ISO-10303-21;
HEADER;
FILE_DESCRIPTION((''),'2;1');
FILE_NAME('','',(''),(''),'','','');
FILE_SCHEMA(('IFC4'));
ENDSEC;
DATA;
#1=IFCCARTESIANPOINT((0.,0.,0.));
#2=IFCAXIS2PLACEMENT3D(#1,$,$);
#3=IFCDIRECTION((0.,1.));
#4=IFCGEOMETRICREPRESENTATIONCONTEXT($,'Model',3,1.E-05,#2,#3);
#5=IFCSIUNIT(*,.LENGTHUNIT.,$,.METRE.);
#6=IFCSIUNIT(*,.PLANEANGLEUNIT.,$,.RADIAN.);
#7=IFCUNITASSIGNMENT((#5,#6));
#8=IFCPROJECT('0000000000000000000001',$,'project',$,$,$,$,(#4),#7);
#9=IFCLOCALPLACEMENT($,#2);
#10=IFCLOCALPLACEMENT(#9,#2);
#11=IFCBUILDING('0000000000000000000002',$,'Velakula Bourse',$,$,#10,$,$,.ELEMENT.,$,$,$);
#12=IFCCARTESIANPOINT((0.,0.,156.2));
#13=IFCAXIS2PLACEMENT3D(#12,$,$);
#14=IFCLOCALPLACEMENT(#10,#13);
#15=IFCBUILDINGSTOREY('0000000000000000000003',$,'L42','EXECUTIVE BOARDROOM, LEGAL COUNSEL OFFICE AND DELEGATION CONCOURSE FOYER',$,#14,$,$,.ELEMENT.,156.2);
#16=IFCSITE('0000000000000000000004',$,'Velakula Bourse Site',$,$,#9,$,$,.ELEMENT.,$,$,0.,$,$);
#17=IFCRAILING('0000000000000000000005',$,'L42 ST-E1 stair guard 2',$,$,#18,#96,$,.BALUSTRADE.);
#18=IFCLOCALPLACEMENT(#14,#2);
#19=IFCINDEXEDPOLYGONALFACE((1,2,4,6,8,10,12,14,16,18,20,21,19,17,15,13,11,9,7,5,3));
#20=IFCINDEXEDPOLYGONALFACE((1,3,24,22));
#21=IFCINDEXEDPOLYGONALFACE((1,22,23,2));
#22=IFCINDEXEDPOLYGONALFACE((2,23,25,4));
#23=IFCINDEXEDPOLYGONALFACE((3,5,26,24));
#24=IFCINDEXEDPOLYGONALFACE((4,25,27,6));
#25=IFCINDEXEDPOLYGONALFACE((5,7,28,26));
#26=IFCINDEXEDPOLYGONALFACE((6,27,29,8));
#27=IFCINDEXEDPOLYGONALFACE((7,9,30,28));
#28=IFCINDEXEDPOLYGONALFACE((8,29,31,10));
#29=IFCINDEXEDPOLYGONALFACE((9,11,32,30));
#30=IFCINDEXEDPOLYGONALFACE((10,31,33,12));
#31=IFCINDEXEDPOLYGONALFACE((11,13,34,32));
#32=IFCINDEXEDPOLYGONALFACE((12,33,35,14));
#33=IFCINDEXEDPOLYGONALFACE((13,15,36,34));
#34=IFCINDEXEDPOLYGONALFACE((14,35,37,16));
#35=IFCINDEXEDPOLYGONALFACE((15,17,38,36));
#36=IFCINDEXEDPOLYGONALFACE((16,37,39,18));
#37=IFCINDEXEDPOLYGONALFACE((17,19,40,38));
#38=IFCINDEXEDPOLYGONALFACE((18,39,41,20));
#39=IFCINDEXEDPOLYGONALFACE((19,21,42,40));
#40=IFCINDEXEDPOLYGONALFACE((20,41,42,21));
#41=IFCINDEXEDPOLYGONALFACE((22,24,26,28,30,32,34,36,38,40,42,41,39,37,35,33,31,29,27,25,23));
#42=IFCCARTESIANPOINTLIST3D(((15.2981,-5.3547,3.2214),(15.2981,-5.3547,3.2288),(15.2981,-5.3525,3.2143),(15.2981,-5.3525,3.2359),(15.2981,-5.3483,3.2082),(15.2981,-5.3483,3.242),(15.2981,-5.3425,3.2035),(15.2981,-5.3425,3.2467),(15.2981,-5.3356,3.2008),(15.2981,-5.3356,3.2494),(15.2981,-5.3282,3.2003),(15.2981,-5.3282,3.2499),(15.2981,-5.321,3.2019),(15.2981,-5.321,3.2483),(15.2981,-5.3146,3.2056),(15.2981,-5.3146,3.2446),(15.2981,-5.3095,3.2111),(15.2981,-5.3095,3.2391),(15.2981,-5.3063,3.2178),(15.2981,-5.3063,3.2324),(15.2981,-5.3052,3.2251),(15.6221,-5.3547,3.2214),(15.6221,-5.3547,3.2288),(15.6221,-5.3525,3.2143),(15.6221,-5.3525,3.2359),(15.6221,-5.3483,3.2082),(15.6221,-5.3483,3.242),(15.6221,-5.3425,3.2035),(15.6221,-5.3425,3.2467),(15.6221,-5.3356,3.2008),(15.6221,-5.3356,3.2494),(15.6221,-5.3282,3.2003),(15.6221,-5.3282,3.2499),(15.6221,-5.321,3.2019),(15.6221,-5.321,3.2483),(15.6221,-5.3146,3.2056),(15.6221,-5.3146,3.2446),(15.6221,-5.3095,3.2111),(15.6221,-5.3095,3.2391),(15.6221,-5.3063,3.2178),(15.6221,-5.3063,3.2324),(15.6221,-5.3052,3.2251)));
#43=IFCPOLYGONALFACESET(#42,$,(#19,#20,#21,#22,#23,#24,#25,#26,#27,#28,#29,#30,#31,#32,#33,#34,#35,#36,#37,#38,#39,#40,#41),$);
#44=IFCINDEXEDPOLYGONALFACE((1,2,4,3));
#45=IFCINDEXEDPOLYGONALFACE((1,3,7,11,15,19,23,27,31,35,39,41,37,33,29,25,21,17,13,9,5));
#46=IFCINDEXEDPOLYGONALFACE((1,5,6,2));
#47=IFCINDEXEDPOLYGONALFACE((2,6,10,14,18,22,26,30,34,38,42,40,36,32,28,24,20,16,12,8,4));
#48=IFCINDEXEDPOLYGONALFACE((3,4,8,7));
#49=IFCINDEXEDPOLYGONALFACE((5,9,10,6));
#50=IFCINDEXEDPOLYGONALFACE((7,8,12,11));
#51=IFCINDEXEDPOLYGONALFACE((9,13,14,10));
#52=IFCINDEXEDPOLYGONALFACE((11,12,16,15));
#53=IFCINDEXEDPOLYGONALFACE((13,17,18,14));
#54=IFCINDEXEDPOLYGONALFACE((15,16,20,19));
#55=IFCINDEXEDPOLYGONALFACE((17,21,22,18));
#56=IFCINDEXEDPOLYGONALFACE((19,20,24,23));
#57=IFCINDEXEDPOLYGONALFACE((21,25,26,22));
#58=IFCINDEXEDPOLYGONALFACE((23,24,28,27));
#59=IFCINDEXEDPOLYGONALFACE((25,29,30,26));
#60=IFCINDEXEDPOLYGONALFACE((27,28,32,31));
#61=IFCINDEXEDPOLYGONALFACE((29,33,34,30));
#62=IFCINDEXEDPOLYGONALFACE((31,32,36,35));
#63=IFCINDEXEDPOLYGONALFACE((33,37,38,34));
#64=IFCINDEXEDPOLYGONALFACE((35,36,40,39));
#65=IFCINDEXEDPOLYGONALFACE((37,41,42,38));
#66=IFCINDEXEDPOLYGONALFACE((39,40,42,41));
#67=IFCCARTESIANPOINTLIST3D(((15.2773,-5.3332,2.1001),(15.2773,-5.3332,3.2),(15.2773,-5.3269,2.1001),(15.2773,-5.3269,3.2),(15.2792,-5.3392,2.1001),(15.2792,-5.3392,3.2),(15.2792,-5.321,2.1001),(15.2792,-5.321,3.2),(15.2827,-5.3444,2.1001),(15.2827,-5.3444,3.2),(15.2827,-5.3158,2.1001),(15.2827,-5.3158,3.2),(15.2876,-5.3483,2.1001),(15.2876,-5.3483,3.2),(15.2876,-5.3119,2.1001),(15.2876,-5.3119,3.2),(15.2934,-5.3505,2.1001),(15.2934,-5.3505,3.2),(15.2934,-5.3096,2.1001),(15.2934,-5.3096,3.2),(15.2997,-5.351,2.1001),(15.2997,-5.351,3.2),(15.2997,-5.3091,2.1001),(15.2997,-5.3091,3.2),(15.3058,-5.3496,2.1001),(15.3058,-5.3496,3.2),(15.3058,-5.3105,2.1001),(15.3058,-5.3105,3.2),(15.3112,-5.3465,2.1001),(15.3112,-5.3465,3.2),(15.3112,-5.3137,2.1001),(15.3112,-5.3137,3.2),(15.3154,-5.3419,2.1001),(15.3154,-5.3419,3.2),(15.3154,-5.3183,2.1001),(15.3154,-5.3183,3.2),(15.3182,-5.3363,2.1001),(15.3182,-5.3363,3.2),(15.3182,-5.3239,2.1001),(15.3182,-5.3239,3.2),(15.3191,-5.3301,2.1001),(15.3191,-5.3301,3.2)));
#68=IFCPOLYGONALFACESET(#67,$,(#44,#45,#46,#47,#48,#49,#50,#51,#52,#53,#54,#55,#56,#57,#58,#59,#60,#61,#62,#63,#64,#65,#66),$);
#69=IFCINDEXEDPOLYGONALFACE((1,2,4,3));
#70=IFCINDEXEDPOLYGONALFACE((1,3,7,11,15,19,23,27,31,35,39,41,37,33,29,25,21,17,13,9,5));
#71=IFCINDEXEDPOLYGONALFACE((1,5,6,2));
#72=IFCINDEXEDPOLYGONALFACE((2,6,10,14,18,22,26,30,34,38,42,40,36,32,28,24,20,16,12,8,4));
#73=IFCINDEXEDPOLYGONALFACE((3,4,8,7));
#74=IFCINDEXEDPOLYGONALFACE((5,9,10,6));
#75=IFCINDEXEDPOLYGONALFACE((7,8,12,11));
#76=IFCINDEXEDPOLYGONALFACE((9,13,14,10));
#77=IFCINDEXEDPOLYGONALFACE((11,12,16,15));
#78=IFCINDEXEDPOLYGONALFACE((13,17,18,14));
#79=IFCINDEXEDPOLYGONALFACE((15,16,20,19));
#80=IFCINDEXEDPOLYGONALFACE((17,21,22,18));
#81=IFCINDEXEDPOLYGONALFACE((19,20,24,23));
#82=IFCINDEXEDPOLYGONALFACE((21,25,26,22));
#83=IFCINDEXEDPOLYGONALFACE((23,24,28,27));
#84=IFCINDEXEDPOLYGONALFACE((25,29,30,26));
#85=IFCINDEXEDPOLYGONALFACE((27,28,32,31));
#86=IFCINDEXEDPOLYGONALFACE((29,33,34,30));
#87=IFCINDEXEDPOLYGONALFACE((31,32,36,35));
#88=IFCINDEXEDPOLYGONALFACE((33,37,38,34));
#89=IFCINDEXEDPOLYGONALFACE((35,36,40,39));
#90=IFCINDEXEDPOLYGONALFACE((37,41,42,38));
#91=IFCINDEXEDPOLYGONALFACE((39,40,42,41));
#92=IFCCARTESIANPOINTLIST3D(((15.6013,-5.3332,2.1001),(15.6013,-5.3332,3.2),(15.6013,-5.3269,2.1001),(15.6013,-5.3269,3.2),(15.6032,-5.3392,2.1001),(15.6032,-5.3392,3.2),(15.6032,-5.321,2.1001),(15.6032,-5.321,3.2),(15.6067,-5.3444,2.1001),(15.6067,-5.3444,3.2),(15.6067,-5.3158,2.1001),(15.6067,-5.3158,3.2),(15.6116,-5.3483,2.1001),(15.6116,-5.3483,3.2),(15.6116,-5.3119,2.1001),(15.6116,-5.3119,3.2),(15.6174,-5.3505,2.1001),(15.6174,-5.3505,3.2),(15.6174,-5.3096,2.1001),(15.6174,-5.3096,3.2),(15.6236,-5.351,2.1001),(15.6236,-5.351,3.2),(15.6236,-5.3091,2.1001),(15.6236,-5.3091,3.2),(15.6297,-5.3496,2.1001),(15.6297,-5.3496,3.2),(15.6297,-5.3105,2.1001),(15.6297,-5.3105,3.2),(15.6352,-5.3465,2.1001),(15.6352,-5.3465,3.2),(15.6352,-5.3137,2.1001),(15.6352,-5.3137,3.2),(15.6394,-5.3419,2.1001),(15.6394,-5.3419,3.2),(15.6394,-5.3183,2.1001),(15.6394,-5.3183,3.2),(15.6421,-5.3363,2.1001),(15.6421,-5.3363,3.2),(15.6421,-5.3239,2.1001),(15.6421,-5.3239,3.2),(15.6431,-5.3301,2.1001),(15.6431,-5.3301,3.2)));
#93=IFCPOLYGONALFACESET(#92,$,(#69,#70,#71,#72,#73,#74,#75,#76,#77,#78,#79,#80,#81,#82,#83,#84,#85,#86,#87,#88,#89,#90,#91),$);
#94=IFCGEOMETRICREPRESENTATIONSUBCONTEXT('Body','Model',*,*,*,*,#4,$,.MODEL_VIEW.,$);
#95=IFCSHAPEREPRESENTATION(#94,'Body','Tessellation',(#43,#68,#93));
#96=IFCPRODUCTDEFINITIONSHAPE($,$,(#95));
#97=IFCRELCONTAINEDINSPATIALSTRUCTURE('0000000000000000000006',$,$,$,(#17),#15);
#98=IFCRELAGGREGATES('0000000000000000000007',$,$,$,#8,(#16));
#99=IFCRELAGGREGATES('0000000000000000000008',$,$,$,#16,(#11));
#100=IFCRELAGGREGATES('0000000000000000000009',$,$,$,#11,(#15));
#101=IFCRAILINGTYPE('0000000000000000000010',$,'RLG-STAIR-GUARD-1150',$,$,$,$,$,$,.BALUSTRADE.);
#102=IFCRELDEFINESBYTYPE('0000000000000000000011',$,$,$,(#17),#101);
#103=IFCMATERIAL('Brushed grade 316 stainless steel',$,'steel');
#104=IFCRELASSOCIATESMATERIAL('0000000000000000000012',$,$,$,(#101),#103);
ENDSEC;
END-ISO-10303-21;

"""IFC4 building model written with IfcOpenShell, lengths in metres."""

from ifc_helpers import new_model, si_unit, direction, frame, origin, origin_2d, place, context, subcontext, project, spatial, circle, extrude, material, type_object, element, save


model = new_model("IFC4")

# Units and contexts
model_context = context("Model", 3, precision=1e-05, world=origin(), true_north=direction((0.0, 1.0)))
body_context = subcontext(model_context, "Body", "Model", "MODEL_VIEW")
ifc_project = project(units=[si_unit("LENGTHUNIT", "METRE"), si_unit("PLANEANGLEUNIT", "RADIAN")], contexts=[model_context])

# Site, building, storey
site_placement = place(None, origin())
site = spatial("IfcSite", under=ifc_project, at=site_placement, Name="Velakula Bourse Site", CompositionType="ELEMENT", RefElevation=0.0)
building_placement = place(site_placement, origin())
building = spatial("IfcBuilding", under=site, at=building_placement, Name="Velakula Bourse", CompositionType="ELEMENT")
storey_placement = place(building_placement, frame((0.0, 0.0, 156.2)))
storey = spatial("IfcBuildingStorey", under=building, at=storey_placement, Name="L42", Description="EXECUTIVE BOARDROOM, LEGAL COUNSEL OFFICE AND DELEGATION CONCOURSE FOYER", CompositionType="ELEMENT", Elevation=156.2)

# Shared definitions
ifc_material_1 = material(Name="Brushed grade 316 stainless steel", Category="steel")

# Railing
railing_type_1 = type_object("IfcRailingType", Name="RLG-STAIR-GUARD-1150", PredefinedType="BALUSTRADE", material=ifc_material_1)
railing_1_placement = place(storey_placement, frame((15.2981, -5.3301, 2.1001)))
element("IfcRailing", 1, at=railing_1_placement, inside=storey, type_object=railing_type_1, Name="L42 ST-E1 stair guard 2", PredefinedType="BALUSTRADE", context=body_context, shape_type="SweptSolid", body=[
    extrude(circle(Radius=0.0249, at=origin_2d()), frame((0.0, 0.0, 1.125), z_axis=(1.0, 0.0, 0.0), x_axis=(0.0, 1.0, 0.0)), (0.0, 0.0, 1.0), 0.324),
    extrude(circle(Radius=0.021, at=origin_2d()), origin(), (0.0, 0.0, 1.0), 1.0999),
    extrude(circle(Radius=0.021, at=origin_2d()), frame((0.324, 0.0, 0.0)), (0.0, 0.0, 1.0), 1.0999),
])

save(model, "model.ifc")
